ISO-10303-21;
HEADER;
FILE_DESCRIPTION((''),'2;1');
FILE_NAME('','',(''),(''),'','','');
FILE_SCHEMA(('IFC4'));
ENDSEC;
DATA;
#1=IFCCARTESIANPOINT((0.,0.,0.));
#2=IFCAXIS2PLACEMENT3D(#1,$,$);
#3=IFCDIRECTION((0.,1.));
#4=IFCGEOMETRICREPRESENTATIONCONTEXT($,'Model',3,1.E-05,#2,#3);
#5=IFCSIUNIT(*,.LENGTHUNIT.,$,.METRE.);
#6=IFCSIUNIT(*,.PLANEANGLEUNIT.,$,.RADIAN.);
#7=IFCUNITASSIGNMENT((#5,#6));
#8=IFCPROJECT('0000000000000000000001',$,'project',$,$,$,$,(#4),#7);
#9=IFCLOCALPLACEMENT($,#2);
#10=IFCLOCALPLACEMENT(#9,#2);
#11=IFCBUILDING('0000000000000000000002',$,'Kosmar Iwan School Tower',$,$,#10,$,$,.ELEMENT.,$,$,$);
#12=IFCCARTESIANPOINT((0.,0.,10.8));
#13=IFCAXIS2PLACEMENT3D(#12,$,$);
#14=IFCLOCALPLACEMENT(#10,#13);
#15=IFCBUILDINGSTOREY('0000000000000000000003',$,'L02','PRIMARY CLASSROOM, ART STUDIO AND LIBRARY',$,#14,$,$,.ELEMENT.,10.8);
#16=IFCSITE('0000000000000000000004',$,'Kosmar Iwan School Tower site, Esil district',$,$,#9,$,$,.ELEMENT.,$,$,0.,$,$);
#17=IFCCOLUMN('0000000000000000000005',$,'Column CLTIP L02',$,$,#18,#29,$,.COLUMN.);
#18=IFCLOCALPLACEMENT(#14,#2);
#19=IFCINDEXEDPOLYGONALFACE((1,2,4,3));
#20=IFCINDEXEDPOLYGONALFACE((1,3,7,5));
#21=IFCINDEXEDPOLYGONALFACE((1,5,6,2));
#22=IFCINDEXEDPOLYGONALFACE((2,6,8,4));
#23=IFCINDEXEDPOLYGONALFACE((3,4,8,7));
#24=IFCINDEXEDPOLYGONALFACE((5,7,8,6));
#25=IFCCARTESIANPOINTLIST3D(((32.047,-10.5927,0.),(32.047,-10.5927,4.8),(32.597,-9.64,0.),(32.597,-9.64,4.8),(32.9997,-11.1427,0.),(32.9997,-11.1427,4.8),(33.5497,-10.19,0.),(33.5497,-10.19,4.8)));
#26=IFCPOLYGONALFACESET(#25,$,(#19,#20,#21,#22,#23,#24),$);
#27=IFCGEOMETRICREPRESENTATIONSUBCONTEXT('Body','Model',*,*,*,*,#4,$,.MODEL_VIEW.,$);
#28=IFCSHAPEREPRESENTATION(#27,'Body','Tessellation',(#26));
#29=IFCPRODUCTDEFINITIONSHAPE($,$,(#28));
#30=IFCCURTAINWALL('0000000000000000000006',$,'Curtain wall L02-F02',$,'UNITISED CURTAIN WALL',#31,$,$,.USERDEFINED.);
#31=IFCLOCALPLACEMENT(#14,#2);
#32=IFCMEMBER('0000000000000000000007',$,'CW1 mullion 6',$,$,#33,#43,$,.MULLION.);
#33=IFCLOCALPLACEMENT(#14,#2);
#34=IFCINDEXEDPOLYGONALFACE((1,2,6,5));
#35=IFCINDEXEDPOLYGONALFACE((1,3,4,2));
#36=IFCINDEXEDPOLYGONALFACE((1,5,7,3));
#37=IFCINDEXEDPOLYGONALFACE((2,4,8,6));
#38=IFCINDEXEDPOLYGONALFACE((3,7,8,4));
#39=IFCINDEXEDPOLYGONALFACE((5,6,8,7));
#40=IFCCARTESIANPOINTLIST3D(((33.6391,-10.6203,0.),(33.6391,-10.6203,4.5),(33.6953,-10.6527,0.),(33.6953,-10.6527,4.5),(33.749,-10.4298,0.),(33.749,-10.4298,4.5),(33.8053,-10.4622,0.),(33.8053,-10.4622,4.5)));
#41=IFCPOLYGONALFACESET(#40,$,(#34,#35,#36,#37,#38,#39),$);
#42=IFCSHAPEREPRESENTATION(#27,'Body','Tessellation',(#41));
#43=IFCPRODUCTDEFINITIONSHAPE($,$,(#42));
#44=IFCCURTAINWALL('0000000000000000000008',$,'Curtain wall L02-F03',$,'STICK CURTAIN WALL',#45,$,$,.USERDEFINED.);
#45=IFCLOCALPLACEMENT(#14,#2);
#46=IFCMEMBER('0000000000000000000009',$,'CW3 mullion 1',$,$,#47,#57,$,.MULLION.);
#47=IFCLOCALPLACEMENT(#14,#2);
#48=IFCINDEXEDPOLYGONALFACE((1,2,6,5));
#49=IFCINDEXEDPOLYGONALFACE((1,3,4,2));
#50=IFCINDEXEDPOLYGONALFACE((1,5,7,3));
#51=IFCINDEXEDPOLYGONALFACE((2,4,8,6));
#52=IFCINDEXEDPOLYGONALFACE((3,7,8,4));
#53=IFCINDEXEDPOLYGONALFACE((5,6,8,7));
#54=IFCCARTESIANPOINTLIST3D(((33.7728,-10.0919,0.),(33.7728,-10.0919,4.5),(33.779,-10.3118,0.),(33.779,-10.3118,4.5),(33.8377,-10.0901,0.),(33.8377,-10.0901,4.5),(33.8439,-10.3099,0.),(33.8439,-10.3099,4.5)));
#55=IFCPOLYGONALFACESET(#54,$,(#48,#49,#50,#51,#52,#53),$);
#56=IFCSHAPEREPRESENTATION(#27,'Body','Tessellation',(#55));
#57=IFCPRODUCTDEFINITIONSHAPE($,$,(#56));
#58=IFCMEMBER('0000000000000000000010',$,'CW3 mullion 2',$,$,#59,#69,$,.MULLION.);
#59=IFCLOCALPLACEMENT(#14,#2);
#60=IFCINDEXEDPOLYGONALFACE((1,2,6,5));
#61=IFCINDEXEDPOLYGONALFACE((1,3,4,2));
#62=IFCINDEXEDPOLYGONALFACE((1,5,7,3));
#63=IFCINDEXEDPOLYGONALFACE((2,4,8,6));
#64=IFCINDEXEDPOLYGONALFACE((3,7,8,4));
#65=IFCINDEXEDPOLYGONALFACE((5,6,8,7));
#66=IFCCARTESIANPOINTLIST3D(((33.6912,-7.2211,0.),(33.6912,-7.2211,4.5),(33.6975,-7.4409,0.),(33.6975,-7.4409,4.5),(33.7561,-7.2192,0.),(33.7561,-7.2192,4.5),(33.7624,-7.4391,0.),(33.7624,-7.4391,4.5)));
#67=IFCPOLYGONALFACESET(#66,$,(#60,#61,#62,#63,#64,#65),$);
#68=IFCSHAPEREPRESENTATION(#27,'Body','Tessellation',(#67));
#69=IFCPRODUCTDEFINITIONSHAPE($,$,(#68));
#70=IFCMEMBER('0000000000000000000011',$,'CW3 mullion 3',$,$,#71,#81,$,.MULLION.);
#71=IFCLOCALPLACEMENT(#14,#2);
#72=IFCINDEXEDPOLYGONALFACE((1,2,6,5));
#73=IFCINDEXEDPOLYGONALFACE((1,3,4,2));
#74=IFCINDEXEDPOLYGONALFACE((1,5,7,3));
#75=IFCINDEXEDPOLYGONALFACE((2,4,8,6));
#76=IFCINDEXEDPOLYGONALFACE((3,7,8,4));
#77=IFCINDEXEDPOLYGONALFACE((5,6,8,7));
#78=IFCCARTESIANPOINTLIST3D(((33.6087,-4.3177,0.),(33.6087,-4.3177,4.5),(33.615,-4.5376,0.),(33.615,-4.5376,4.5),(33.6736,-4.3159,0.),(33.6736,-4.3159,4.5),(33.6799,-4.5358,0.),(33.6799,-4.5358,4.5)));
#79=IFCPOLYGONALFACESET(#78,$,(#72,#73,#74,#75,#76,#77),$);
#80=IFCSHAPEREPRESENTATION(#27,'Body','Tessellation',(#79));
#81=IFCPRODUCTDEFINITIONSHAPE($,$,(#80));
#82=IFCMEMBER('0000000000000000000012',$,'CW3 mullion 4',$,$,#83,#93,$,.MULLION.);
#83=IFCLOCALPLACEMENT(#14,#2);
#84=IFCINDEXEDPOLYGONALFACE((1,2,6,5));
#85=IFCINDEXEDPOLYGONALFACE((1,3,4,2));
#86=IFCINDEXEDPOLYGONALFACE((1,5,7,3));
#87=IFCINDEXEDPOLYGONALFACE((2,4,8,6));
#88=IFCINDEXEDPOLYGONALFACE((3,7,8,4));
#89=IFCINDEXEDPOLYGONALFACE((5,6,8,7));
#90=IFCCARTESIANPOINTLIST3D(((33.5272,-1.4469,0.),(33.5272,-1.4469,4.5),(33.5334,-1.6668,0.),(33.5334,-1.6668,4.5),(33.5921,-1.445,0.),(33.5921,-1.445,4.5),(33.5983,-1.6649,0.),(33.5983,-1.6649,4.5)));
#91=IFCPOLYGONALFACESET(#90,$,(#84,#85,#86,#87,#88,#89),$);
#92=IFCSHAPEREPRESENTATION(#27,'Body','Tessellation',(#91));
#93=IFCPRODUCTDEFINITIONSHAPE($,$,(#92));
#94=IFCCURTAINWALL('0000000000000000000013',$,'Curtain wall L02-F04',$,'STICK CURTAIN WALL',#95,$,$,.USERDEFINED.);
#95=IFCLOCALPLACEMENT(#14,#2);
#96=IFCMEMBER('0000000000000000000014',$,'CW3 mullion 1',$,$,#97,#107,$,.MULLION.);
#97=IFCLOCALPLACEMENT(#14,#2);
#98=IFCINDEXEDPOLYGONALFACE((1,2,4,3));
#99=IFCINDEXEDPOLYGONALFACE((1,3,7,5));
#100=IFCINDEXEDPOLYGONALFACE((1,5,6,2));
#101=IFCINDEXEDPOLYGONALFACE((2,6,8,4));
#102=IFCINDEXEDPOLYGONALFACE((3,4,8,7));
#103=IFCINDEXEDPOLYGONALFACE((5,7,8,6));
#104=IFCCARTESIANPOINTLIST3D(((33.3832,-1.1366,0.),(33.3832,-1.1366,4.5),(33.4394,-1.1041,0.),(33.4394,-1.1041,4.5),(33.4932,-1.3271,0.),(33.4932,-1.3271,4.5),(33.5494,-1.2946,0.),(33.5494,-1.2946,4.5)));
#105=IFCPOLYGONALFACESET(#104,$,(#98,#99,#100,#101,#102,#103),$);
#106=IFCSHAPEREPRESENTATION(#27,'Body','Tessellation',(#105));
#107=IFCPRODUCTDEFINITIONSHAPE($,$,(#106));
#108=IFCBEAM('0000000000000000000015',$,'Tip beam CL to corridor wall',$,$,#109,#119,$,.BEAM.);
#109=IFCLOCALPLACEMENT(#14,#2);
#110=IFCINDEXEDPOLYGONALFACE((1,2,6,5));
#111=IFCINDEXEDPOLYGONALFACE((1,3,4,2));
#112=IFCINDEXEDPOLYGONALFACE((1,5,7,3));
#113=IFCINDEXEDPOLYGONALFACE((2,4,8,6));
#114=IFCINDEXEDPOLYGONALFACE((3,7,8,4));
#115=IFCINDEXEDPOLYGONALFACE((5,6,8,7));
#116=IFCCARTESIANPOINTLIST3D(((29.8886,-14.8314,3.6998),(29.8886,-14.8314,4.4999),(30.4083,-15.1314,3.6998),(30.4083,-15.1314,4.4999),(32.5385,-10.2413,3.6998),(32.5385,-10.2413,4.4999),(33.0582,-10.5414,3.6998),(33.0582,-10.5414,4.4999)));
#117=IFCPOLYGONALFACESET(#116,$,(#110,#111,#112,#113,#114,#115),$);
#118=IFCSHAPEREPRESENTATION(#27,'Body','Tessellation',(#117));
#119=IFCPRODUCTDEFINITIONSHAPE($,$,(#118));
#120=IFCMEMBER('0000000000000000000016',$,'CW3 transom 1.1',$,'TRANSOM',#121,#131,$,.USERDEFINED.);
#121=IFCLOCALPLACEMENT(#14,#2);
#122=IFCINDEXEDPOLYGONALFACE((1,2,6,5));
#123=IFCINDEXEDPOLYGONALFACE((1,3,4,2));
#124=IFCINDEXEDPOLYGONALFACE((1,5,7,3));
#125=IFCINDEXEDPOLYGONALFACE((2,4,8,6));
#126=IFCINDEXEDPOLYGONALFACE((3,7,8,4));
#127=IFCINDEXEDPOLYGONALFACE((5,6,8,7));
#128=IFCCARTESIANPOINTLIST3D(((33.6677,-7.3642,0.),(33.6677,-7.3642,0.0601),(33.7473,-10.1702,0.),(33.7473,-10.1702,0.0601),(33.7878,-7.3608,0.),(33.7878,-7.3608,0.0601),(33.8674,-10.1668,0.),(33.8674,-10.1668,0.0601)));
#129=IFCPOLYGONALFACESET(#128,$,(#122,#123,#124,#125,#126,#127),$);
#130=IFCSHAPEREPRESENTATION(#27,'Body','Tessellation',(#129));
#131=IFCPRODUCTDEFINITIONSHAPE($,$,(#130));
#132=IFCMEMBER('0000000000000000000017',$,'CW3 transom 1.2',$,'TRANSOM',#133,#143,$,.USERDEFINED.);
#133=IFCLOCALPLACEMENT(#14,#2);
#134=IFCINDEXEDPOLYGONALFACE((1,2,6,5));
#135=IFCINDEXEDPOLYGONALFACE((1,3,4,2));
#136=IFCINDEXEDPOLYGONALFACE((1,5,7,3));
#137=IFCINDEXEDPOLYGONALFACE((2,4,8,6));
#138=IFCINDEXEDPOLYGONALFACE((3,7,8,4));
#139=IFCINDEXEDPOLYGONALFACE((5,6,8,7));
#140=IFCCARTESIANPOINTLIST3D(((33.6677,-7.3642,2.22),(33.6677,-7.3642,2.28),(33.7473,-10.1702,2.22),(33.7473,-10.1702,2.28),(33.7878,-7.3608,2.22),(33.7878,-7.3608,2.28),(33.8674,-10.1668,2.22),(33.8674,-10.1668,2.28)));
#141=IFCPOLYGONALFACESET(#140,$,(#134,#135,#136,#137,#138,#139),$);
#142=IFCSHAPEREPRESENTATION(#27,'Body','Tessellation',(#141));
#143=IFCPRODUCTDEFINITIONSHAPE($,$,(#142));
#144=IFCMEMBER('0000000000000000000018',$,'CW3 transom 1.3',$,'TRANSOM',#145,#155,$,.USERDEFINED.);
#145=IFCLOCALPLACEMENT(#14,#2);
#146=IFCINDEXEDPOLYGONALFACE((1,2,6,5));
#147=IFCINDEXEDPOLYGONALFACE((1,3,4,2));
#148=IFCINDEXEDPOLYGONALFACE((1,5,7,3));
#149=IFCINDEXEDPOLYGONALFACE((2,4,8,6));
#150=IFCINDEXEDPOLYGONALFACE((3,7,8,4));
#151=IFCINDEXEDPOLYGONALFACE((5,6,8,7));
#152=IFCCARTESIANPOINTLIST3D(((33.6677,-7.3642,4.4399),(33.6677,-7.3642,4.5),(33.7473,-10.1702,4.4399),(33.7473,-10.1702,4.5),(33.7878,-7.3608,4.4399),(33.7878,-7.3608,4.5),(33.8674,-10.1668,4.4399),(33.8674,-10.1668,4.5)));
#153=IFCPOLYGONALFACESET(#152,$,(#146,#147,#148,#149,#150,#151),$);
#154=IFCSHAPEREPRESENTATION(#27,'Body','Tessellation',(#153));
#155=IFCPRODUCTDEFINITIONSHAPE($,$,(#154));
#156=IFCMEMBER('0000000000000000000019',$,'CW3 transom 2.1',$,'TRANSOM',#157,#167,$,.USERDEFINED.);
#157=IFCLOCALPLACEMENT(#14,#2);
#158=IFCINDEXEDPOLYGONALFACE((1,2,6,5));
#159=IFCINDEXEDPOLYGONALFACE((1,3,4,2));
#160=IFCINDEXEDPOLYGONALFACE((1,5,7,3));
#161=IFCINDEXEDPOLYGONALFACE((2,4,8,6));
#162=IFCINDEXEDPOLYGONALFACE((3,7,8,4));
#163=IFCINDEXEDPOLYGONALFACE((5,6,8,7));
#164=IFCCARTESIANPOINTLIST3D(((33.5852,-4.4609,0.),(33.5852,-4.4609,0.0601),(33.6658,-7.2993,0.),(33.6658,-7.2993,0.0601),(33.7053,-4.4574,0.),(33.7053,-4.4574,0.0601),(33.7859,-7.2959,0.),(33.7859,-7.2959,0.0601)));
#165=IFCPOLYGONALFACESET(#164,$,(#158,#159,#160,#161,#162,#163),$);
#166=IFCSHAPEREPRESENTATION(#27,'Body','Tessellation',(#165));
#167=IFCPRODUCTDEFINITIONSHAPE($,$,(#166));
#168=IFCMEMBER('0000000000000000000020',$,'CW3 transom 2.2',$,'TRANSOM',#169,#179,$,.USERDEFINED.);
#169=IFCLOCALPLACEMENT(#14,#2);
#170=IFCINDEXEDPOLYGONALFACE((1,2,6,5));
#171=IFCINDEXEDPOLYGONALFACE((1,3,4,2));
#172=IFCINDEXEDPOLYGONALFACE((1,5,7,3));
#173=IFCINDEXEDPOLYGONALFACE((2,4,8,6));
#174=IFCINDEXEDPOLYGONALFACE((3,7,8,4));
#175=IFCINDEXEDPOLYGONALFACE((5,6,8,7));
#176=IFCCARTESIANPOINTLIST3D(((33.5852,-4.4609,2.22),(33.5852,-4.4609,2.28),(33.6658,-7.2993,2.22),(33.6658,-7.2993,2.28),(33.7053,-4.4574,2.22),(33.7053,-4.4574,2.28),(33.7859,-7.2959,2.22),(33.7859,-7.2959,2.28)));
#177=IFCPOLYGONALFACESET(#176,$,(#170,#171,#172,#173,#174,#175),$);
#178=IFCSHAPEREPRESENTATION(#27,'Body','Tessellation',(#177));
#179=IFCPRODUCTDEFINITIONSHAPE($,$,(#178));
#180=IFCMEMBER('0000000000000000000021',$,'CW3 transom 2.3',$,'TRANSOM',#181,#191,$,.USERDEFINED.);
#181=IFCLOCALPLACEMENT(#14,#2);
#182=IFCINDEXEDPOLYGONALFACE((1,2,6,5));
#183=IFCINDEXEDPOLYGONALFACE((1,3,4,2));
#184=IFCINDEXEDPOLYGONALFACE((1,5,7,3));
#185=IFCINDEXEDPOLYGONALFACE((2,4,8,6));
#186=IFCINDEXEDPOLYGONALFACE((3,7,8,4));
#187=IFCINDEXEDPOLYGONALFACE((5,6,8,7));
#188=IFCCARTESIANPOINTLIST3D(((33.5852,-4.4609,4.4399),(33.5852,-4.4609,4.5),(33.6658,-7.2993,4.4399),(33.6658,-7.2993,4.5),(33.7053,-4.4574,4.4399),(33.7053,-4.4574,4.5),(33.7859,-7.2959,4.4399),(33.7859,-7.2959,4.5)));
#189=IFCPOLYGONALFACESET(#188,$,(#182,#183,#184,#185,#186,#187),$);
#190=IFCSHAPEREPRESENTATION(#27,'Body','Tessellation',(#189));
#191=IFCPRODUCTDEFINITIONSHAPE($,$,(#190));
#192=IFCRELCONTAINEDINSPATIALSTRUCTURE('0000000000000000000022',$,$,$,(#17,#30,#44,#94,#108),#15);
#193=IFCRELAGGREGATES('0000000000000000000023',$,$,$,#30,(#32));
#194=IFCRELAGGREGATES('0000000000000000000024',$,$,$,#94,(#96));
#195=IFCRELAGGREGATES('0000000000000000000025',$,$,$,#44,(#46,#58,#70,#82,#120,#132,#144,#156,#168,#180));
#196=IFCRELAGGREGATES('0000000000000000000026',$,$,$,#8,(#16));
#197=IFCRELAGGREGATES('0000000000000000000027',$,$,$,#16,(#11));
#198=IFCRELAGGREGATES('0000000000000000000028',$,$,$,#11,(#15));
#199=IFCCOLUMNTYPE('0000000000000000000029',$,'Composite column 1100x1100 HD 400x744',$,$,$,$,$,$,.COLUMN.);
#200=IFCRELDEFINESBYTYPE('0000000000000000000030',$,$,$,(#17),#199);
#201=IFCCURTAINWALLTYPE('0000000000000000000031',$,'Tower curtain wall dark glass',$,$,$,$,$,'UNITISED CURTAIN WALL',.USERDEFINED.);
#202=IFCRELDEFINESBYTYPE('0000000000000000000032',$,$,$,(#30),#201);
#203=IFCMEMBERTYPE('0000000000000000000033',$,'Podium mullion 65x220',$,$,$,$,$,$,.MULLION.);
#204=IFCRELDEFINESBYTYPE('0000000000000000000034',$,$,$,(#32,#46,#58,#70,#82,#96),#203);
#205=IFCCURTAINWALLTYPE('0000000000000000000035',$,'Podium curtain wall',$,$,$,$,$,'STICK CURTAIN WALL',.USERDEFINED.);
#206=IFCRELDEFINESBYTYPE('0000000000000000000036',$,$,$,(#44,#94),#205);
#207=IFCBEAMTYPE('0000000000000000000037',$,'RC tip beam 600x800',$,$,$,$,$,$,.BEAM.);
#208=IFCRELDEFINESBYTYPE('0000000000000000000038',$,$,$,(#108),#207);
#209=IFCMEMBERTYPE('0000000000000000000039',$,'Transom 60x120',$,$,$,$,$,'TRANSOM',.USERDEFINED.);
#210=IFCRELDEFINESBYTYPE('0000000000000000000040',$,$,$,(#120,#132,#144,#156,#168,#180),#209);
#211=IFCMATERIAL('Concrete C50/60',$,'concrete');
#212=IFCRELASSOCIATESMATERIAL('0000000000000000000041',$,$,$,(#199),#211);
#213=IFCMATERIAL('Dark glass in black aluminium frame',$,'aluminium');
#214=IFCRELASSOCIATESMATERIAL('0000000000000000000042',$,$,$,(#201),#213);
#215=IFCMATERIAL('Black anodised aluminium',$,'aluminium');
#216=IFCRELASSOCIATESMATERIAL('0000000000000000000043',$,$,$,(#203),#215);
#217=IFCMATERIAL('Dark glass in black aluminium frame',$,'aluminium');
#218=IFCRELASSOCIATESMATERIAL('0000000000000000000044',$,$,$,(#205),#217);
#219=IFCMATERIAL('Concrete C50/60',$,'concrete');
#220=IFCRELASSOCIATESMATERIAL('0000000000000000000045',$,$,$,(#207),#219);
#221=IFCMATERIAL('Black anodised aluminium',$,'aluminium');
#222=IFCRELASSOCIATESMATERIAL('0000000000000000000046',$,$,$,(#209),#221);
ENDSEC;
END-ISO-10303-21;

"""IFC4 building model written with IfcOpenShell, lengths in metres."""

from ifc_helpers import new_model, si_unit, direction, frame, origin, origin_2d, place, context, subcontext, project, spatial, rectangle, extrude, material, material_profile, profile_set, type_object, element, aggregate, save


model = new_model("IFC4")

# Units and contexts
model_context = context("Model", 3, precision=1e-05, world=origin(), true_north=direction((0.0, 1.0)))
body_context = subcontext(model_context, "Body", "Model", "MODEL_VIEW")
ifc_project = project(units=[si_unit("LENGTHUNIT", "METRE"), si_unit("PLANEANGLEUNIT", "RADIAN")], contexts=[model_context])

# Site, building, storey
site_placement = place(None, origin())
site = spatial("IfcSite", under=ifc_project, at=site_placement, Name="Kosmar Iwan School Tower site, Esil district", CompositionType="ELEMENT", RefElevation=0.0)
building_placement = place(site_placement, origin())
building = spatial("IfcBuilding", under=site, at=building_placement, Name="Kosmar Iwan School Tower", CompositionType="ELEMENT")
storey_placement = place(building_placement, frame((0.0, 0.0, 10.8)))
storey = spatial("IfcBuildingStorey", under=building, at=storey_placement, Name="L02", Description="PRIMARY CLASSROOM, ART STUDIO AND LIBRARY", CompositionType="ELEMENT", Elevation=10.8)

# Column
ifc_material_1 = material(Name="Concrete C50/60", Category="concrete")
ifc_material_profile_1 = material_profile(ifc_material_1, rectangle(XDim=1.1001, YDim=1.1001, at=origin_2d()), Name="RC 1100x1100 + HD 400x744")
ifc_profile_set_1 = profile_set([ifc_material_profile_1], Name="Concrete C50/60")
column_type = type_object("IfcColumnType", Name="Composite column 1100x1100 HD 400x744", PredefinedType="COLUMN", material=ifc_profile_set_1)
column_placement = place(storey_placement, frame((32.7983, -10.3914, 0.0), z_axis=(0.0, 0.0, 1.0), x_axis=(0.866025, -0.5, 0.0)))
element("IfcColumn", 1, at=column_placement, inside=storey, type_object=column_type, Name="Column CLTIP L02", PredefinedType="COLUMN", context=body_context, shape_type="SweptSolid", body=[
    extrude(rectangle(XDim=1.1001, YDim=1.1001, at=origin_2d()), origin(), (0.0, 0.0, 1.0), 4.8),
])

# Curtain wall, member
ifc_material_2 = material(Name="Dark glass in black aluminium frame", Category="aluminium")
curtain_wall_type_1 = type_object("IfcCurtainWallType", Name="Tower curtain wall dark glass", ElementType="UNITISED CURTAIN WALL", PredefinedType="USERDEFINED", material=ifc_material_2)
curtain_wall_1_placement = place(storey_placement, origin())
curtain_wall_1 = element("IfcCurtainWall", 2, at=curtain_wall_1_placement, inside=storey, type_object=curtain_wall_type_1, Name="Curtain wall L02-F02", ObjectType="UNITISED CURTAIN WALL", PredefinedType="USERDEFINED")
ifc_material_3 = material(Name="Black anodised aluminium", Category="aluminium")
ifc_material_profile_2 = material_profile(ifc_material_3, rectangle(XDim=0.0649, YDim=0.22, at=origin_2d()), Name="MULLION 65x220")
ifc_profile_set_2 = profile_set([ifc_material_profile_2], Name="Black anodised aluminium")
member_type_1 = type_object("IfcMemberType", Name="Podium mullion 65x220", PredefinedType="MULLION", material=ifc_profile_set_2)
member_1_placement = place(storey_placement, frame((33.7222, -10.5413, 0.0), z_axis=(0.0, 0.0, 1.0), x_axis=(-0.866025, 0.5, 0.0)))
member_1 = element("IfcMember", 3, at=member_1_placement, type_object=member_type_1, Name="CW1 mullion 6", PredefinedType="MULLION", context=body_context, shape_type="SweptSolid", body=[
    extrude(rectangle(XDim=0.0649, YDim=0.22, at=origin_2d()), origin(), (0.0, 0.0, 1.0), 4.5),
])
aggregate(curtain_wall_1, [member_1])

# Curtain wall, members
ifc_material_4 = material(Name="Dark glass in black aluminium frame", Category="aluminium")
curtain_wall_type_2 = type_object("IfcCurtainWallType", Name="Podium curtain wall", ElementType="STICK CURTAIN WALL", PredefinedType="USERDEFINED", material=ifc_material_4)
curtain_wall_2_placement = place(storey_placement, origin())
curtain_wall_2 = element("IfcCurtainWall", 4, at=curtain_wall_2_placement, inside=storey, type_object=curtain_wall_type_2, Name="Curtain wall L02-F03", ObjectType="STICK CURTAIN WALL", PredefinedType="USERDEFINED")
member_2_placement = place(storey_placement, frame((33.8083, -10.2009, 0.0), z_axis=(0.0, 0.0, 1.0), x_axis=(-0.999597, -0.028386, 0.0)))
member_2 = element("IfcMember", 5, at=member_2_placement, type_object=member_type_1, Name="CW3 mullion 1", PredefinedType="MULLION", context=body_context, shape_type="SweptSolid", body=[
    extrude(rectangle(XDim=0.0649, YDim=0.22, at=origin_2d()), origin(), (0.0, 0.0, 1.0), 4.5),
])
member_3_placement = place(storey_placement, frame((33.7268, -7.3301, 0.0), z_axis=(0.0, 0.0, 1.0), x_axis=(-0.999597, -0.028386, 0.0)))
member_3 = element("IfcMember", 6, at=member_3_placement, type_object=member_type_1, Name="CW3 mullion 2", PredefinedType="MULLION", context=body_context, shape_type="SweptSolid", body=[
    extrude(rectangle(XDim=0.0649, YDim=0.22, at=origin_2d()), origin(), (0.0, 0.0, 1.0), 4.5),
])
member_4_placement = place(storey_placement, frame((33.6443, -4.4268, 0.0), z_axis=(0.0, 0.0, 1.0), x_axis=(-0.999597, -0.028386, 0.0)))
member_4 = element("IfcMember", 7, at=member_4_placement, type_object=member_type_1, Name="CW3 mullion 3", PredefinedType="MULLION", context=body_context, shape_type="SweptSolid", body=[
    extrude(rectangle(XDim=0.0649, YDim=0.22, at=origin_2d()), origin(), (0.0, 0.0, 1.0), 4.5),
])
member_5_placement = place(storey_placement, frame((33.5627, -1.5559, 0.0), z_axis=(0.0, 0.0, 1.0), x_axis=(-0.999597, -0.028386, 0.0)))
member_5 = element("IfcMember", 8, at=member_5_placement, type_object=member_type_1, Name="CW3 mullion 4", PredefinedType="MULLION", context=body_context, shape_type="SweptSolid", body=[
    extrude(rectangle(XDim=0.0649, YDim=0.22, at=origin_2d()), origin(), (0.0, 0.0, 1.0), 4.5),
])

# Curtain wall, member
curtain_wall_3_placement = place(storey_placement, origin())
curtain_wall_3 = element("IfcCurtainWall", 9, at=curtain_wall_3_placement, inside=storey, type_object=curtain_wall_type_2, Name="Curtain wall L02-F04", ObjectType="STICK CURTAIN WALL", PredefinedType="USERDEFINED")
member_6_placement = place(storey_placement, frame((33.4663, -1.2156, 0.0), z_axis=(0.0, 0.0, 1.0), x_axis=(-0.866025, -0.5, 0.0)))
member_6 = element("IfcMember", 10, at=member_6_placement, type_object=member_type_1, Name="CW3 mullion 1", PredefinedType="MULLION", context=body_context, shape_type="SweptSolid", body=[
    extrude(rectangle(XDim=0.0649, YDim=0.22, at=origin_2d()), origin(), (0.0, 0.0, 1.0), 4.5),
])

# Beam
ifc_material_5 = material(Name="Concrete C50/60", Category="concrete")
ifc_material_profile_3 = material_profile(ifc_material_5, rectangle(XDim=0.6001, YDim=0.8, at=origin_2d()), Name="RC 600x800")
ifc_profile_set_3 = profile_set([ifc_material_profile_3], Name="Concrete C50/60")
beam_type = type_object("IfcBeamType", Name="RC tip beam 600x800", PredefinedType="BEAM", material=ifc_profile_set_3)
beam_placement = place(storey_placement, frame((32.7983, -10.3914, 4.0999), z_axis=(-0.499974, -0.866041, 0.0), x_axis=(0.866041, -0.499974, 0.0)))
element("IfcBeam", 11, at=beam_placement, inside=storey, type_object=beam_type, Name="Tip beam CL to corridor wall", PredefinedType="BEAM", context=body_context, shape_type="SweptSolid", body=[
    extrude(rectangle(XDim=0.6001, YDim=0.8, at=origin_2d()), origin(), (0.0, 0.0, 1.0), 5.3),
])

# Members
ifc_material_6 = material(Name="Black anodised aluminium", Category="aluminium")
ifc_material_profile_4 = material_profile(ifc_material_6, rectangle(XDim=0.1201, YDim=0.0601, at=origin_2d()), Name="TRANSOM 60x120")
ifc_profile_set_4 = profile_set([ifc_material_profile_4], Name="Black anodised aluminium")
member_type_2 = type_object("IfcMemberType", Name="Transom 60x120", ElementType="TRANSOM", PredefinedType="USERDEFINED", material=ifc_profile_set_4)
member_7_placement = place(storey_placement, frame((33.8074, -10.1685, 0.03), z_axis=(-0.028354, 0.999598, 0.0), x_axis=(-0.999598, -0.028354, 0.0)))
member_7 = element("IfcMember", 12, at=member_7_placement, type_object=member_type_2, Name="CW3 transom 1.1", ObjectType="TRANSOM", PredefinedType="USERDEFINED", context=body_context, shape_type="SweptSolid", body=[
    extrude(rectangle(XDim=0.1201, YDim=0.0601, at=origin_2d()), origin(), (0.0, 0.0, 1.0), 2.8071),
])
member_8_placement = place(storey_placement, frame((33.8074, -10.1685, 2.25), z_axis=(-0.028354, 0.999598, 0.0), x_axis=(-0.999598, -0.028354, 0.0)))
member_8 = element("IfcMember", 13, at=member_8_placement, type_object=member_type_2, Name="CW3 transom 1.2", ObjectType="TRANSOM", PredefinedType="USERDEFINED", context=body_context, shape_type="SweptSolid", body=[
    extrude(rectangle(XDim=0.1201, YDim=0.0601, at=origin_2d()), origin(), (0.0, 0.0, 1.0), 2.8071),
])
member_9_placement = place(storey_placement, frame((33.8074, -10.1685, 4.47), z_axis=(-0.028354, 0.999598, 0.0), x_axis=(-0.999598, -0.028354, 0.0)))
member_9 = element("IfcMember", 14, at=member_9_placement, type_object=member_type_2, Name="CW3 transom 1.3", ObjectType="TRANSOM", PredefinedType="USERDEFINED", context=body_context, shape_type="SweptSolid", body=[
    extrude(rectangle(XDim=0.1201, YDim=0.0601, at=origin_2d()), origin(), (0.0, 0.0, 1.0), 2.8071),
])
member_10_placement = place(storey_placement, frame((33.7258, -7.2976, 0.03), z_axis=(-0.028373, 0.999597, 0.0), x_axis=(-0.999597, -0.028373, 0.0)))
member_10 = element("IfcMember", 15, at=member_10_placement, type_object=member_type_2, Name="CW3 transom 2.1", ObjectType="TRANSOM", PredefinedType="USERDEFINED", context=body_context, shape_type="SweptSolid", body=[
    extrude(rectangle(XDim=0.1201, YDim=0.0601, at=origin_2d()), origin(), (0.0, 0.0, 1.0), 2.8396),
])
member_11_placement = place(storey_placement, frame((33.7258, -7.2976, 2.25), z_axis=(-0.028373, 0.999597, 0.0), x_axis=(-0.999597, -0.028373, 0.0)))
member_11 = element("IfcMember", 16, at=member_11_placement, type_object=member_type_2, Name="CW3 transom 2.2", ObjectType="TRANSOM", PredefinedType="USERDEFINED", context=body_context, shape_type="SweptSolid", body=[
    extrude(rectangle(XDim=0.1201, YDim=0.0601, at=origin_2d()), origin(), (0.0, 0.0, 1.0), 2.8396),
])
member_12_placement = place(storey_placement, frame((33.7258, -7.2976, 4.47), z_axis=(-0.028373, 0.999597, 0.0), x_axis=(-0.999597, -0.028373, 0.0)))
member_12 = element("IfcMember", 17, at=member_12_placement, type_object=member_type_2, Name="CW3 transom 2.3", ObjectType="TRANSOM", PredefinedType="USERDEFINED", context=body_context, shape_type="SweptSolid", body=[
    extrude(rectangle(XDim=0.1201, YDim=0.0601, at=origin_2d()), origin(), (0.0, 0.0, 1.0), 2.8396),
])
aggregate(curtain_wall_3, [member_6])

aggregate(curtain_wall_2, [member_2, member_3, member_4, member_5, member_7, member_8, member_9, member_10, member_11, member_12])

save(model, "model.ifc")
